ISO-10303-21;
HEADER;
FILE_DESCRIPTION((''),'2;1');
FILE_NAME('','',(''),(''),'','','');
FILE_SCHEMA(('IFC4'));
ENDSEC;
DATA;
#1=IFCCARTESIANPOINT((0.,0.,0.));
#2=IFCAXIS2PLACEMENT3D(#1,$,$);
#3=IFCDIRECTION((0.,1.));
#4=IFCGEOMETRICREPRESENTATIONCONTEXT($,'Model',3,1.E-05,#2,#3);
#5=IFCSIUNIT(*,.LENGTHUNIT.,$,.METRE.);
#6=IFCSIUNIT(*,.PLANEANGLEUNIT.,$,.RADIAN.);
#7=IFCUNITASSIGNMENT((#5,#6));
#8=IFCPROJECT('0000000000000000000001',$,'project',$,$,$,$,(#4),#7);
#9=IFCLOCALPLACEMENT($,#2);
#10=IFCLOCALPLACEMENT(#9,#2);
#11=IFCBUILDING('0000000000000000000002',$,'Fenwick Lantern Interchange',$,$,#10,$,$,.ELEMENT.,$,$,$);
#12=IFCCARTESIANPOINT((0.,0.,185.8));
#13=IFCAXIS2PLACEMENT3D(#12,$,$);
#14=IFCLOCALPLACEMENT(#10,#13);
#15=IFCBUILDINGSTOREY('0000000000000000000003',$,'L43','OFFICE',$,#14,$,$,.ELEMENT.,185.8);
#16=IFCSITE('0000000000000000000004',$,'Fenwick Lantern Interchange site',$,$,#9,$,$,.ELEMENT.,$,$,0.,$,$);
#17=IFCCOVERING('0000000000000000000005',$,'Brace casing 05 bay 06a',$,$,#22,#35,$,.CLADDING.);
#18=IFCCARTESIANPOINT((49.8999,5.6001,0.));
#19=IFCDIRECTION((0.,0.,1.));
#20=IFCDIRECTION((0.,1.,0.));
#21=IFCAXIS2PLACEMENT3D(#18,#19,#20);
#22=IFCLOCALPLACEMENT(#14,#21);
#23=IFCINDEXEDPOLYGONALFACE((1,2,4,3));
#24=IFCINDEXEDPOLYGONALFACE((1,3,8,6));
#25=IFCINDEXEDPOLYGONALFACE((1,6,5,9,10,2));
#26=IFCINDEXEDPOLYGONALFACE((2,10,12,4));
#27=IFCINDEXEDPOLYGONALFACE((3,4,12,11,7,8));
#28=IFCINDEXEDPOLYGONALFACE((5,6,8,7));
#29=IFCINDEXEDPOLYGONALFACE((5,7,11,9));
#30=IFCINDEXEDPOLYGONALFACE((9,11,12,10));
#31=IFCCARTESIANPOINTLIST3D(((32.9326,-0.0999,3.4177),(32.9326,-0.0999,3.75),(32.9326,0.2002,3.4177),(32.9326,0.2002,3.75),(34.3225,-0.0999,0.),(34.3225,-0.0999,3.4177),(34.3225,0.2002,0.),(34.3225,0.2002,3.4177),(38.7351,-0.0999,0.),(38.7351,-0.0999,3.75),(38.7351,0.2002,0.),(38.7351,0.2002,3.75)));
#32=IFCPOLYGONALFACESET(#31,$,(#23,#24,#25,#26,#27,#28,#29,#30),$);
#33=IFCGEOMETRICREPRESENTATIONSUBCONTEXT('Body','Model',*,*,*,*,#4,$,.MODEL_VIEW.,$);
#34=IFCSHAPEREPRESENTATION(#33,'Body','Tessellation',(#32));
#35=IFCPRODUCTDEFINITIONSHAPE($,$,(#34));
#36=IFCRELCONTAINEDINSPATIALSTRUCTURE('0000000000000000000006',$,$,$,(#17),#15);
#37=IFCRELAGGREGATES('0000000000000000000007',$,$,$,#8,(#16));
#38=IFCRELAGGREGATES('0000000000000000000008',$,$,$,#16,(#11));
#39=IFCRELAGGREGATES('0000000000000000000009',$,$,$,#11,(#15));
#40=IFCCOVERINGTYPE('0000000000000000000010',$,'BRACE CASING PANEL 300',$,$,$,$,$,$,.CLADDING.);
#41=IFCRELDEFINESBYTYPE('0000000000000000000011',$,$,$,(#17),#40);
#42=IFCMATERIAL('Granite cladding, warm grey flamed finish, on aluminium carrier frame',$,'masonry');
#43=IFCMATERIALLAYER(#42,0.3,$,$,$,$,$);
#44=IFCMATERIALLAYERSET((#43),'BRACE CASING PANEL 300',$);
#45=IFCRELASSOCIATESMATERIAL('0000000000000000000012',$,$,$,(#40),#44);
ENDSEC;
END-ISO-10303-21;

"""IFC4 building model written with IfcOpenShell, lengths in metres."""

from ifc_helpers import new_model, si_unit, direction, frame, origin, place, context, subcontext, project, spatial, polyline, outline, extrude, material, layer, layer_set, type_object, element, save


model = new_model("IFC4")

# Units and contexts
model_context = context("Model", 3, precision=1e-05, world=origin(), true_north=direction((0.0, 1.0)))
body_context = subcontext(model_context, "Body", "Model", "MODEL_VIEW")
ifc_project = project(units=[si_unit("LENGTHUNIT", "METRE"), si_unit("PLANEANGLEUNIT", "RADIAN")], contexts=[model_context])

# Site, building, storey
site_placement = place(None, origin())
site = spatial("IfcSite", under=ifc_project, at=site_placement, Name="Fenwick Lantern Interchange site", CompositionType="ELEMENT", RefElevation=0.0)
building_placement = place(site_placement, origin())
building = spatial("IfcBuilding", under=site, at=building_placement, Name="Fenwick Lantern Interchange", CompositionType="ELEMENT")
storey_placement = place(building_placement, frame((0.0, 0.0, 185.8)))
storey = spatial("IfcBuildingStorey", under=building, at=storey_placement, Name="L43", Description="OFFICE", CompositionType="ELEMENT", Elevation=185.8)

# Covering
ifc_material_1 = material(Name="Granite cladding, warm grey flamed finish, on aluminium carrier frame", Category="masonry")
ifc_layer = layer(ifc_material_1, 0.3)
ifc_layer_set = layer_set([ifc_layer], Name="BRACE CASING PANEL 300")
covering_type = type_object("IfcCoveringType", Name="BRACE CASING PANEL 300", PredefinedType="CLADDING", material=ifc_layer_set)
covering_placement = place(storey_placement, frame((49.8999, 5.6001, 0.0), z_axis=(0.0, 0.0, 1.0), x_axis=(0.0, 1.0, 0.0)))
element("IfcCovering", 1, at=covering_placement, inside=storey, type_object=covering_type, Name="Brace casing 05 bay 06a", PredefinedType="CLADDING", context=body_context, shape_type="SweptSolid", body=[
    extrude(outline(polyline([(34.3225, 0.0), (38.7351, 0.0), (38.7351, 3.75), (32.9326, 3.75), (32.9326, 3.4177), (34.3225, 3.4177), (34.3225, 0.0)])), frame((0.0, 0.2002, 0.0), z_axis=(0.0, -1.0, 0.0), x_axis=(1.0, 0.0, 0.0)), (0.0, 0.0, 1.0), 0.3),
])

save(model, "model.ifc")
